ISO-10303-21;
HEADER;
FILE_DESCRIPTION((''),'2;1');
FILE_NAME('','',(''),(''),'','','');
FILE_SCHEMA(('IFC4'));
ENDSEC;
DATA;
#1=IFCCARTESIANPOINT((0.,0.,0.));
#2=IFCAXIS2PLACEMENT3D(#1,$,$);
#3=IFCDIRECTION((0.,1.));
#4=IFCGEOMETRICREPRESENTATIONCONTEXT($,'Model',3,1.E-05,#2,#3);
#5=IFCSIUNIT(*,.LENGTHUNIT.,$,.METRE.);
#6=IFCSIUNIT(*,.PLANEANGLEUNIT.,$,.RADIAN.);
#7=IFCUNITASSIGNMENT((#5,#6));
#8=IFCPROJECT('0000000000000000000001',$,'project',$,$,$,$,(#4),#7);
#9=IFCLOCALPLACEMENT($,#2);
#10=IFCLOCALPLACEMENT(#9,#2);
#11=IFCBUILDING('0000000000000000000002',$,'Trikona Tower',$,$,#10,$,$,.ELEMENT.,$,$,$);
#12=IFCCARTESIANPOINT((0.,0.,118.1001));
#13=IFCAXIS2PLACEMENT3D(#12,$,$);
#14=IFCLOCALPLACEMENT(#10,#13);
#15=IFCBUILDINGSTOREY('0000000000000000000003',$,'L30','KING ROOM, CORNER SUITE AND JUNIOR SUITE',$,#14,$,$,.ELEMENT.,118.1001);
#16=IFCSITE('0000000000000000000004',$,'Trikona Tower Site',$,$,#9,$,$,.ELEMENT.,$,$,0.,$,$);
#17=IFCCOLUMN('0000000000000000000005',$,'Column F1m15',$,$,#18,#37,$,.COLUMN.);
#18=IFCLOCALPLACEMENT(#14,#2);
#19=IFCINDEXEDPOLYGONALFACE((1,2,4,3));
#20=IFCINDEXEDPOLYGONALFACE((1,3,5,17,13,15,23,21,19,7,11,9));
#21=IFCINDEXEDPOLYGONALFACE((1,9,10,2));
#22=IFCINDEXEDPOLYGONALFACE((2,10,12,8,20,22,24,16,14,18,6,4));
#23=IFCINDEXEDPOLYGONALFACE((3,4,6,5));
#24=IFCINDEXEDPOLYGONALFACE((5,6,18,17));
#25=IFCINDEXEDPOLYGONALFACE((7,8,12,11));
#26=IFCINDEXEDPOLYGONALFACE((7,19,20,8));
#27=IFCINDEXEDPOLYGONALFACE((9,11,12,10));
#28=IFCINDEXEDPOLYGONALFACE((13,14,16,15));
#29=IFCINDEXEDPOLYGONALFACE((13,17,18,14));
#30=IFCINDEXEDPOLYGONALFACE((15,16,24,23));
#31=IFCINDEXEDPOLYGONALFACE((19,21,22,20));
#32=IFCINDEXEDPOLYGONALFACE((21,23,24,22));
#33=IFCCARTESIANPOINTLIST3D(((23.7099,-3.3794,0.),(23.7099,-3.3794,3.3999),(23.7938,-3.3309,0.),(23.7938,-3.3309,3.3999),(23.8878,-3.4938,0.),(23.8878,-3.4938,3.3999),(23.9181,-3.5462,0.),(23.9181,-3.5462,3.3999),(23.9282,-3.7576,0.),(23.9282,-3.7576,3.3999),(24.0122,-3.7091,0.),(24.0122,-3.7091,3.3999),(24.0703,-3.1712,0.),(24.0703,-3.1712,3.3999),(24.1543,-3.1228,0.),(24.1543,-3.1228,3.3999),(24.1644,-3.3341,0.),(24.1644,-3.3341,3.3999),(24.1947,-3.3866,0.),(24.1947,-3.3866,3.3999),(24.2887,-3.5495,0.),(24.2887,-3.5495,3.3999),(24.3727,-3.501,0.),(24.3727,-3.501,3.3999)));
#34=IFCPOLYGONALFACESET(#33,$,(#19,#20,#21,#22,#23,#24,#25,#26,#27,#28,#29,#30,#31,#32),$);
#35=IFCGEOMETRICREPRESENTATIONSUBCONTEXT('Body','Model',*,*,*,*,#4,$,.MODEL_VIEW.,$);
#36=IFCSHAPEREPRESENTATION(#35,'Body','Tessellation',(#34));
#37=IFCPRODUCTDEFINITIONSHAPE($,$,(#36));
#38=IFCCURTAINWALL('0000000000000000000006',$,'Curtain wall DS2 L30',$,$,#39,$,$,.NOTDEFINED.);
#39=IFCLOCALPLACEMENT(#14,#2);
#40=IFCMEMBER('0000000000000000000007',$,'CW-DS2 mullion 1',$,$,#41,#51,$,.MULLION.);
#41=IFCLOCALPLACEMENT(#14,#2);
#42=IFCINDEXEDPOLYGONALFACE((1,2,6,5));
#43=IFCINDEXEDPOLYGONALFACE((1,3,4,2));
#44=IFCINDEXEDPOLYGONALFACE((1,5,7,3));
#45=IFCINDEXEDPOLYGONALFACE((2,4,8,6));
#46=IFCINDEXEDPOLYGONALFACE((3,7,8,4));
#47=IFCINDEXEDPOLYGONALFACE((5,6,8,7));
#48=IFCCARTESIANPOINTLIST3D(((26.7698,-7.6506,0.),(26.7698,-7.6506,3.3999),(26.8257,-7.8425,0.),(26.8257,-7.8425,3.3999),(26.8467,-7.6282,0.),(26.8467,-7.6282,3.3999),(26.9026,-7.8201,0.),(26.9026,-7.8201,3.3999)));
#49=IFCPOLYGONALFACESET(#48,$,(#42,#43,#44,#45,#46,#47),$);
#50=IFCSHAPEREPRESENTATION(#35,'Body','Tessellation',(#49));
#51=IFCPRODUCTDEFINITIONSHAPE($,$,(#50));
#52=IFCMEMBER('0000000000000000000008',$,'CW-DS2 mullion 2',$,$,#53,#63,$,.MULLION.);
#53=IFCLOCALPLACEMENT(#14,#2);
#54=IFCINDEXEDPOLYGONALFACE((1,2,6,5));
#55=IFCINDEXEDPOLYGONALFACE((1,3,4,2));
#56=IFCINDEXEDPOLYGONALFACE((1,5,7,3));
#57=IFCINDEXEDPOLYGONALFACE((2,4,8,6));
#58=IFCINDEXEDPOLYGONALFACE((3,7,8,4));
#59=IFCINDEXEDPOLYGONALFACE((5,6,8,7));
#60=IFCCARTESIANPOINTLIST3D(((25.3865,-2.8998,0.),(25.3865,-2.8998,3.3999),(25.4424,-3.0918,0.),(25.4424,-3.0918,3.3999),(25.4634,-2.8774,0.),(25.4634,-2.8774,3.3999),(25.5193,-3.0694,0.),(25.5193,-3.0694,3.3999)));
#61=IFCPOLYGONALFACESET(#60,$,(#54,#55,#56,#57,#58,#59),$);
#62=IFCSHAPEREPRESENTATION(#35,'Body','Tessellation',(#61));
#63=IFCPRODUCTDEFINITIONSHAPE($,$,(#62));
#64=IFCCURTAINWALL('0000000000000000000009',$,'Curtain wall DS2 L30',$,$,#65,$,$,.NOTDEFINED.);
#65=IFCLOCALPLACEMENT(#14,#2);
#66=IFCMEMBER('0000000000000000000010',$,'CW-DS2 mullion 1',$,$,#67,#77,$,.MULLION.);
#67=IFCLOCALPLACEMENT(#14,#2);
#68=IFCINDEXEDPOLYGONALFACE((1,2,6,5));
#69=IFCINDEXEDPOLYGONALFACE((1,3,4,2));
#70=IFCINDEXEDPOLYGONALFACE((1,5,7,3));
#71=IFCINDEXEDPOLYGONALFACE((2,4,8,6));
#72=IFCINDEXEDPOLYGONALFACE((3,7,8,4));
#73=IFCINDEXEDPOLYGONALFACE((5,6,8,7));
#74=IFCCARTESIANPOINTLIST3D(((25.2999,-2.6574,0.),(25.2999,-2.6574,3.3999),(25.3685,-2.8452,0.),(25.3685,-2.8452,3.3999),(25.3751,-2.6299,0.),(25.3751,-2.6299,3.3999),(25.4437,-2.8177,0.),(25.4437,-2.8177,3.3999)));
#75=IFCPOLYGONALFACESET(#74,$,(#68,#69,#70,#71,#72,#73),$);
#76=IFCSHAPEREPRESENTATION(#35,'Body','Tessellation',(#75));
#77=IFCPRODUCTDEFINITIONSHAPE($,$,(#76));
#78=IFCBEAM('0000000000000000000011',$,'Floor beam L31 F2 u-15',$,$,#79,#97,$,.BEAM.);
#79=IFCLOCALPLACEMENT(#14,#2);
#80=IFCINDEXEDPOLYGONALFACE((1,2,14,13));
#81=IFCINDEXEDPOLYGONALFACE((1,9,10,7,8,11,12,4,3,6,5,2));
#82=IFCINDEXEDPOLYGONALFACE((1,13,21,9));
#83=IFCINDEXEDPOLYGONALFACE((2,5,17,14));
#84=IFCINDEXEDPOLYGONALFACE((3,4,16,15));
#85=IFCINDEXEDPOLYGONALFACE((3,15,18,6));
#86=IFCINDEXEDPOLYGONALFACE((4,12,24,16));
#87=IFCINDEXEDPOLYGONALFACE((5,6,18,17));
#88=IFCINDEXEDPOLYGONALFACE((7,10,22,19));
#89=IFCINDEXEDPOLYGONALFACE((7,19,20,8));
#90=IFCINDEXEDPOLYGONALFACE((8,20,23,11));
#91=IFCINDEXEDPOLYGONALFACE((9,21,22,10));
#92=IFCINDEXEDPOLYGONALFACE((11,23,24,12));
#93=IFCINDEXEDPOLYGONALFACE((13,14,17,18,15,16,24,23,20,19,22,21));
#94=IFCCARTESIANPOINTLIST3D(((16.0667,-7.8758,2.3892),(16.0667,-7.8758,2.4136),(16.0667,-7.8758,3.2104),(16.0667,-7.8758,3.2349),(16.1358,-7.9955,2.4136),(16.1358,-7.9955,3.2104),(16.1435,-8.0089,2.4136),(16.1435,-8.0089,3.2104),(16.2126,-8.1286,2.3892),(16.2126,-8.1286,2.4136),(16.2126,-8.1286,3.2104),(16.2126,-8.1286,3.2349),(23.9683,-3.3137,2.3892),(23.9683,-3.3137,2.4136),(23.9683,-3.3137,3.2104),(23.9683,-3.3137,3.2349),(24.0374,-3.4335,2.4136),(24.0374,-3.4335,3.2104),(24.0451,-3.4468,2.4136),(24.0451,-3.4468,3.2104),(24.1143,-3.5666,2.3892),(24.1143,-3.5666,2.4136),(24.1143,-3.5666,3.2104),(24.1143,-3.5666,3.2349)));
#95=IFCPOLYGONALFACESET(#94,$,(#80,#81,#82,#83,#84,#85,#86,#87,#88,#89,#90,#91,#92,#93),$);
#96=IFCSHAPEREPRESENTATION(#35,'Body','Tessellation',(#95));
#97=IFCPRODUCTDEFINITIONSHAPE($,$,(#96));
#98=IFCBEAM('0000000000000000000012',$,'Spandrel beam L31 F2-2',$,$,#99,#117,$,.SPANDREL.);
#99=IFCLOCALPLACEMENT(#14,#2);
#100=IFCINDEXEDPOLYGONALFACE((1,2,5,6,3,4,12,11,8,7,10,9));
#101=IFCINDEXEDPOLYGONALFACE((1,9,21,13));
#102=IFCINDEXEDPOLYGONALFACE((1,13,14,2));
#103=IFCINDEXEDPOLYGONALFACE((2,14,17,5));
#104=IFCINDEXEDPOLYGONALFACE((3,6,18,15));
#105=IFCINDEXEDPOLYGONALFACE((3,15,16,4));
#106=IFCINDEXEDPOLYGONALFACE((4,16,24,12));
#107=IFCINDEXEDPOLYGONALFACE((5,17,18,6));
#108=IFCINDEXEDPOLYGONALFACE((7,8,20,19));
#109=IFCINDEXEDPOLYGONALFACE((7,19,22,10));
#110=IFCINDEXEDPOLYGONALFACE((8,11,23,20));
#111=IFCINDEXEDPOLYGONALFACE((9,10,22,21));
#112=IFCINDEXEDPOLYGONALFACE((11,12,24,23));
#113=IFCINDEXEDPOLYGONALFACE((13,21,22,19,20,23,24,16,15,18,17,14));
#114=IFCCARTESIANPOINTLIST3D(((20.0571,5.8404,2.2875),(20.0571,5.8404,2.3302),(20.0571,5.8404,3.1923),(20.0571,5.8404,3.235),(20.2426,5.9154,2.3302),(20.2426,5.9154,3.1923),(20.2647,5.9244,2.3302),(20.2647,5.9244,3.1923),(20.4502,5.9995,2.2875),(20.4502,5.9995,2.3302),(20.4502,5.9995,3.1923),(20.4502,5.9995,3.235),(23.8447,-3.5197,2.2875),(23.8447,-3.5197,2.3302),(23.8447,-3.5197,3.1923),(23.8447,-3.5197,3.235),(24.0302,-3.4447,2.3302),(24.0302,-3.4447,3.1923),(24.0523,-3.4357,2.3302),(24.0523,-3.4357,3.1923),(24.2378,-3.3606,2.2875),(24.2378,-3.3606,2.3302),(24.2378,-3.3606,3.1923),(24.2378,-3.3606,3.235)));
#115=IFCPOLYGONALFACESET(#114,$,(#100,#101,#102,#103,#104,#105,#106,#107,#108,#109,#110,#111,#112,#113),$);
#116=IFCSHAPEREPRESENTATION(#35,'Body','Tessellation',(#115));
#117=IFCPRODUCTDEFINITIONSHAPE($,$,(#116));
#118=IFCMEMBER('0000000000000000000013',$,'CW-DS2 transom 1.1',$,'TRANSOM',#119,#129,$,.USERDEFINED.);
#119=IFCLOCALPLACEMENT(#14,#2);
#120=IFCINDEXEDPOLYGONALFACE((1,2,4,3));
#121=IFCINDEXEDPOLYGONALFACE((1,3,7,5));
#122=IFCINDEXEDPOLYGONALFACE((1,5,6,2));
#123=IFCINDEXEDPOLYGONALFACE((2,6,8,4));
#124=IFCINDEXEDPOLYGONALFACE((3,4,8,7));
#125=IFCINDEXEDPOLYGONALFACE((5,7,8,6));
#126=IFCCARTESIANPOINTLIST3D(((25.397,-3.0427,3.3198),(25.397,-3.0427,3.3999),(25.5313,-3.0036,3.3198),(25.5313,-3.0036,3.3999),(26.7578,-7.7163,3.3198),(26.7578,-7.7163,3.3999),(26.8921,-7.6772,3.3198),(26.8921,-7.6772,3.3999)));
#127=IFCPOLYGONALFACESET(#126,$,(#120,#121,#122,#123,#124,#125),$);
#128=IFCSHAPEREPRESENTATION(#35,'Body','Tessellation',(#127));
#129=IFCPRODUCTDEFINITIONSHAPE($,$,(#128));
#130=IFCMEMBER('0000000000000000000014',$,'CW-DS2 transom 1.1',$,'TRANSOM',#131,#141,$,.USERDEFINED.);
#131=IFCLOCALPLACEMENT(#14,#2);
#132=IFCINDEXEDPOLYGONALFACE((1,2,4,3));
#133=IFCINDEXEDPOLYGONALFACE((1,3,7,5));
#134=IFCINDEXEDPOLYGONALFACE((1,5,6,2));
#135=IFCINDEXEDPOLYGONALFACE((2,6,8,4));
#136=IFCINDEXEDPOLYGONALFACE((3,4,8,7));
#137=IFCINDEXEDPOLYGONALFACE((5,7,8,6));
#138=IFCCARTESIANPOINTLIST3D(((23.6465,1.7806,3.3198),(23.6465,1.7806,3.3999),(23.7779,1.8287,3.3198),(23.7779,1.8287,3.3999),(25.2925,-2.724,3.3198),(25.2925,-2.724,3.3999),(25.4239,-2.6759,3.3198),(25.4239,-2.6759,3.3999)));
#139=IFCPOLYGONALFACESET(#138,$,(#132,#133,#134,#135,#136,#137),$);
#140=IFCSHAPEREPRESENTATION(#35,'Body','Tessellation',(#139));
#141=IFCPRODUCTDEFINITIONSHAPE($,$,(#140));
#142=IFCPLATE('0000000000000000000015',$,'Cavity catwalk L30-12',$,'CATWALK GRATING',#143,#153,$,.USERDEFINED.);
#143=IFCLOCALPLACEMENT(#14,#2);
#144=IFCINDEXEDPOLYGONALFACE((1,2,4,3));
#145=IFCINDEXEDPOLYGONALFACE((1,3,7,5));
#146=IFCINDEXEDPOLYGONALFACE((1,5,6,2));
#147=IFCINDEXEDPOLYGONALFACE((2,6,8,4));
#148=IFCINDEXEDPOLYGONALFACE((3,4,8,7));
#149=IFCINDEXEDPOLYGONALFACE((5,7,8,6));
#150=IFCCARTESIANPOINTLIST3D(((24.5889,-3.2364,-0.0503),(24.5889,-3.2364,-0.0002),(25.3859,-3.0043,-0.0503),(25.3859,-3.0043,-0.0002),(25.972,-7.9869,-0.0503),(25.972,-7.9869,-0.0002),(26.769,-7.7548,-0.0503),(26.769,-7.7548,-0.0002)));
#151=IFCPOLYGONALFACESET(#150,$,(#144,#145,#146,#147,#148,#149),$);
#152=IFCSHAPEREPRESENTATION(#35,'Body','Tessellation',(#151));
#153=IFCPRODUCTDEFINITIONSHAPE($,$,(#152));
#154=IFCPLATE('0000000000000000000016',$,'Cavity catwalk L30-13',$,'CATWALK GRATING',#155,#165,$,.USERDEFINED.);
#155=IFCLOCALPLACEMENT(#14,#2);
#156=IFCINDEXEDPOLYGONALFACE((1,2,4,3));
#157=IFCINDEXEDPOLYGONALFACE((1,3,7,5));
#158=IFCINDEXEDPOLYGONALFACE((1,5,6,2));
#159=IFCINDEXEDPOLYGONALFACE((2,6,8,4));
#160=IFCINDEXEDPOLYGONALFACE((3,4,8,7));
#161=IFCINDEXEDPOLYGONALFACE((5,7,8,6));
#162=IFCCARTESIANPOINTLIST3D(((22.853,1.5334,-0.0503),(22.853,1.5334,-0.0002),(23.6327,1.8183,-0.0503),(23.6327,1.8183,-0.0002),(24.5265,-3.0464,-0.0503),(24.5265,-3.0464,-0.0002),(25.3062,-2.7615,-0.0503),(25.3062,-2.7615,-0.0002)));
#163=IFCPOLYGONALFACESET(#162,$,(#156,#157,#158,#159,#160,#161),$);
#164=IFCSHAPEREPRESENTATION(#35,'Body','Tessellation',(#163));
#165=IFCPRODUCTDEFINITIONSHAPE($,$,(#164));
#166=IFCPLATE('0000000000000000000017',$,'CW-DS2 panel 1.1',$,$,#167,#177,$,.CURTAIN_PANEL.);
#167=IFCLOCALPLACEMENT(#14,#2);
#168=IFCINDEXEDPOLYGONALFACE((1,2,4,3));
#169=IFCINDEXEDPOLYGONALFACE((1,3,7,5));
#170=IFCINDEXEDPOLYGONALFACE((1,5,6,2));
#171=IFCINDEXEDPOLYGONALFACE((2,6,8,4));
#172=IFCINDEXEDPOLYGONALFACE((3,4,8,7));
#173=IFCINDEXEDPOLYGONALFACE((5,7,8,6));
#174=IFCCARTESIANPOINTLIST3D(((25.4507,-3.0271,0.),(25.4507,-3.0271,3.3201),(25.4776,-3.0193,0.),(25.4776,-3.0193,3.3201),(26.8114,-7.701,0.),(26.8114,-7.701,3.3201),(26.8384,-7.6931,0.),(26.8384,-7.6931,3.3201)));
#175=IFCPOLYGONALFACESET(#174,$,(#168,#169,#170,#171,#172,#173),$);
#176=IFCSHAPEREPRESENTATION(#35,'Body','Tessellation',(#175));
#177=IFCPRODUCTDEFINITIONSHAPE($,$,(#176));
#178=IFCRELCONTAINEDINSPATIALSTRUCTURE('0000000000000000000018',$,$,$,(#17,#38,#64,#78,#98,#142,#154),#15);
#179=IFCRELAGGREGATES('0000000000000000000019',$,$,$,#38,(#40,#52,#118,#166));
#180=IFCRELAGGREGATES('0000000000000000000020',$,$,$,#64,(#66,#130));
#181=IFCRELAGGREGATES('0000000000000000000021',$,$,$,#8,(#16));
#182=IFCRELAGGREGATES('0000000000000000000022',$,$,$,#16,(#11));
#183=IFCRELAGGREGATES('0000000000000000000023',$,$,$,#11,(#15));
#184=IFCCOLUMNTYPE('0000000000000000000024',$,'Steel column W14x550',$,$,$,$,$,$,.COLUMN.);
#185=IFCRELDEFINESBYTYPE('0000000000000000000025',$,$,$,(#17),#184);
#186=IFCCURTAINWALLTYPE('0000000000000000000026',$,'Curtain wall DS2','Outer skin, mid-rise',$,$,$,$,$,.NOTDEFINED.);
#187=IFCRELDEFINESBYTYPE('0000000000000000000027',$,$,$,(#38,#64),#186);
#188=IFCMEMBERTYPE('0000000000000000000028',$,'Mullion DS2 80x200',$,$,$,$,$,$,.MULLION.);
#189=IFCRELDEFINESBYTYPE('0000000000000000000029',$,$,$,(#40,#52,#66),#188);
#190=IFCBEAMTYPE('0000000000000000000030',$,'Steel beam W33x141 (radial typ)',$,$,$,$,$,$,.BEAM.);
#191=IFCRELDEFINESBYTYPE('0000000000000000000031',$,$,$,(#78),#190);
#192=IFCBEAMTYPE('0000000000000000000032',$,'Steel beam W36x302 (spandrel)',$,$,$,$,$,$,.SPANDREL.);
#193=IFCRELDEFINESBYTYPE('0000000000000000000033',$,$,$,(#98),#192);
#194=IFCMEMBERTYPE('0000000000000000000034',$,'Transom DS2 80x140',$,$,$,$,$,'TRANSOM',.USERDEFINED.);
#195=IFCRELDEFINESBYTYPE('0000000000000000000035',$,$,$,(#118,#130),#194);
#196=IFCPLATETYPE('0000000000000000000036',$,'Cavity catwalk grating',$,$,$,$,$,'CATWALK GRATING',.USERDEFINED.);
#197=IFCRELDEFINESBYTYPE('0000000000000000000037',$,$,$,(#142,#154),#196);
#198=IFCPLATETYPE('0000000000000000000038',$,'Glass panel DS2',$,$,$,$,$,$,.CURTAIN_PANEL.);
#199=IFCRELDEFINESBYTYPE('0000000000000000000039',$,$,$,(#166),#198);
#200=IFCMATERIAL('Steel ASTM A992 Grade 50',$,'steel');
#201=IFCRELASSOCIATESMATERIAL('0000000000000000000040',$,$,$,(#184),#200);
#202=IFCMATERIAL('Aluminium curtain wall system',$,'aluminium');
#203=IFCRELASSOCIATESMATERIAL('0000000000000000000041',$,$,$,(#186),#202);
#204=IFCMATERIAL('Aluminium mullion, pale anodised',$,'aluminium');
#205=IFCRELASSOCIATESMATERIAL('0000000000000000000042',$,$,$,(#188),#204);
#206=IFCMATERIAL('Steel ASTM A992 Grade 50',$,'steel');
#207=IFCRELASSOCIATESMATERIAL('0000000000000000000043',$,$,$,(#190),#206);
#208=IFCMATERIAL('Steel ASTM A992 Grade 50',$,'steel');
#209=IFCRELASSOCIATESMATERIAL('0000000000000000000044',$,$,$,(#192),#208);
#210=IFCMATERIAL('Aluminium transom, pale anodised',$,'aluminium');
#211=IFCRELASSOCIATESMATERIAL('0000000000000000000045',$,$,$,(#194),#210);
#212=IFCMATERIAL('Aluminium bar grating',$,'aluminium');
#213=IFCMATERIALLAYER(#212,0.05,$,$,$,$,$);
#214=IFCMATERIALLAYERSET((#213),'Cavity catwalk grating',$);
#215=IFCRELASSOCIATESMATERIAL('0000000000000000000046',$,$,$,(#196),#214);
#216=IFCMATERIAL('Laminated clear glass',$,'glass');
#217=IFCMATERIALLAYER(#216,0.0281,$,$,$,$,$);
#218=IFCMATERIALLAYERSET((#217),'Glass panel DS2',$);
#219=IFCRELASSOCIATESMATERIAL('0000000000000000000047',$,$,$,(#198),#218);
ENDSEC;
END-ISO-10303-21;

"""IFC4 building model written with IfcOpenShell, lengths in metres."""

from ifc_helpers import new_model, si_unit, direction, frame, origin, origin_2d, place, context, subcontext, project, spatial, rectangle, i_section, extrude, material, layer, layer_set, material_profile, profile_set, type_object, element, aggregate, save


model = new_model("IFC4")

# Units and contexts
model_context = context("Model", 3, precision=1e-05, world=origin(), true_north=direction((0.0, 1.0)))
body_context = subcontext(model_context, "Body", "Model", "MODEL_VIEW")
ifc_project = project(units=[si_unit("LENGTHUNIT", "METRE"), si_unit("PLANEANGLEUNIT", "RADIAN")], contexts=[model_context])

# Site, building, storey
site_placement = place(None, origin())
site = spatial("IfcSite", under=ifc_project, at=site_placement, Name="Trikona Tower Site", CompositionType="ELEMENT", RefElevation=0.0)
building_placement = place(site_placement, origin())
building = spatial("IfcBuilding", under=site, at=building_placement, Name="Trikona Tower", CompositionType="ELEMENT")
storey_placement = place(building_placement, frame((0.0, 0.0, 118.1001)))
storey = spatial("IfcBuildingStorey", under=building, at=storey_placement, Name="L30", Description="KING ROOM, CORNER SUITE AND JUNIOR SUITE", CompositionType="ELEMENT", Elevation=118.1001)

# Column
ifc_material_1 = material(Name="Steel ASTM A992 Grade 50", Category="steel")
ifc_material_profile_1 = material_profile(ifc_material_1, i_section(OverallWidth=0.4368, OverallDepth=0.5132, WebThickness=0.0605, FlangeThickness=0.0969, at=origin_2d()), Name="W14X550")
ifc_profile_set_1 = profile_set([ifc_material_profile_1], Name="Steel ASTM A992 Grade 50")
column_type = type_object("IfcColumnType", Name="Steel column W14x550", PredefinedType="COLUMN", material=ifc_profile_set_1)
column_placement = place(storey_placement, frame((24.0413, -3.4402, 0.0), z_axis=(0.0, 0.0, 1.0), x_axis=(-0.5, 0.866025, 0.0)))
element("IfcColumn", 1, at=column_placement, inside=storey, type_object=column_type, Name="Column F1m15", PredefinedType="COLUMN", context=body_context, shape_type="SweptSolid", body=[
    extrude(i_section(OverallWidth=0.4368, OverallDepth=0.5132, WebThickness=0.0605, FlangeThickness=0.0969, at=origin_2d()), origin(), (0.0, 0.0, 1.0), 3.3999),
])

# Curtain wall, members
ifc_material_2 = material(Name="Aluminium curtain wall system", Category="aluminium")
curtain_wall_type = type_object("IfcCurtainWallType", Name="Curtain wall DS2", Description="Outer skin, mid-rise", PredefinedType="NOTDEFINED", material=ifc_material_2)
curtain_wall_1_placement = place(storey_placement, origin())
curtain_wall_1 = element("IfcCurtainWall", 2, at=curtain_wall_1_placement, inside=storey, type_object=curtain_wall_type, Name="Curtain wall DS2 L30", PredefinedType="NOTDEFINED")
ifc_material_3 = material(Name="Aluminium mullion, pale anodised", Category="aluminium")
ifc_material_profile_2 = material_profile(ifc_material_3, rectangle(XDim=0.0801, YDim=0.2, at=origin_2d()), Name="MUL-DS2")
ifc_profile_set_2 = profile_set([ifc_material_profile_2], Name="Aluminium mullion, pale anodised")
member_type_1 = type_object("IfcMemberType", Name="Mullion DS2 80x200", PredefinedType="MULLION", material=ifc_profile_set_2)
member_1_placement = place(storey_placement, frame((26.8362, -7.7354, 0.0), z_axis=(0.0, 0.0, 1.0), x_axis=(-0.960133, -0.279543, 0.0)))
member_1 = element("IfcMember", 3, at=member_1_placement, type_object=member_type_1, Name="CW-DS2 mullion 1", PredefinedType="MULLION", context=body_context, shape_type="SweptSolid", body=[
    extrude(rectangle(XDim=0.0801, YDim=0.2, at=origin_2d()), origin(), (0.0, 0.0, 1.0), 3.3999),
])
member_2_placement = place(storey_placement, frame((25.4529, -2.9846, 0.0), z_axis=(0.0, 0.0, 1.0), x_axis=(-0.960133, -0.279543, 0.0)))
member_2 = element("IfcMember", 4, at=member_2_placement, type_object=member_type_1, Name="CW-DS2 mullion 2", PredefinedType="MULLION", context=body_context, shape_type="SweptSolid", body=[
    extrude(rectangle(XDim=0.0801, YDim=0.2, at=origin_2d()), origin(), (0.0, 0.0, 1.0), 3.3999),
])

# Curtain wall, member
curtain_wall_2_placement = place(storey_placement, origin())
curtain_wall_2 = element("IfcCurtainWall", 5, at=curtain_wall_2_placement, inside=storey, type_object=curtain_wall_type, Name="Curtain wall DS2 L30", PredefinedType="NOTDEFINED")
member_3_placement = place(storey_placement, frame((25.3718, -2.7375, 0.0), z_axis=(0.0, 0.0, 1.0), x_axis=(-0.939254, -0.343223, 0.0)))
member_3 = element("IfcMember", 6, at=member_3_placement, type_object=member_type_1, Name="CW-DS2 mullion 1", PredefinedType="MULLION", context=body_context, shape_type="SweptSolid", body=[
    extrude(rectangle(XDim=0.0801, YDim=0.2, at=origin_2d()), origin(), (0.0, 0.0, 1.0), 3.3999),
])

# Beams
ifc_material_4 = material(Name="Steel ASTM A992 Grade 50", Category="steel")
ifc_material_profile_3 = material_profile(ifc_material_4, i_section(OverallWidth=0.292, OverallDepth=0.8457, WebThickness=0.0154, FlangeThickness=0.0244, at=origin_2d()), Name="W33X141")
ifc_profile_set_3 = profile_set([ifc_material_profile_3], Name="Steel ASTM A992 Grade 50")
beam_type_1 = type_object("IfcBeamType", Name="Steel beam W33x141 (radial typ)", PredefinedType="BEAM", material=ifc_profile_set_3)
beam_1_placement = place(storey_placement, frame((16.1396, -8.0022, 2.812), z_axis=(0.866025, 0.500001, 0.0), x_axis=(-0.500001, 0.866025, 0.0)))
element("IfcBeam", 7, at=beam_1_placement, inside=storey, type_object=beam_type_1, Name="Floor beam L31 F2 u-15", PredefinedType="BEAM", context=body_context, shape_type="SweptSolid", body=[
    extrude(i_section(OverallWidth=0.292, OverallDepth=0.8457, WebThickness=0.0154, FlangeThickness=0.0244, at=origin_2d()), origin(), (0.0, 0.0, 1.0), 9.124),
])
ifc_material_5 = material(Name="Steel ASTM A992 Grade 50", Category="steel")
ifc_material_profile_4 = material_profile(ifc_material_5, i_section(OverallWidth=0.4241, OverallDepth=0.9475, WebThickness=0.0239, FlangeThickness=0.0427, at=origin_2d()), Name="W36X302")
ifc_profile_set_4 = profile_set([ifc_material_profile_4], Name="Steel ASTM A992 Grade 50")
beam_type_2 = type_object("IfcBeamType", Name="Steel beam W36x302 (spandrel)", PredefinedType="SPANDREL", material=ifc_profile_set_4)
beam_2_placement = place(storey_placement, frame((24.0413, -3.4402, 2.7612), z_axis=(-0.375106, 0.926982, 0.0), x_axis=(-0.926982, -0.375106, 0.0)))
element("IfcBeam", 8, at=beam_2_placement, inside=storey, type_object=beam_type_2, Name="Spandrel beam L31 F2-2", PredefinedType="SPANDREL", context=body_context, shape_type="SweptSolid", body=[
    extrude(i_section(OverallWidth=0.4241, OverallDepth=0.9475, WebThickness=0.0239, FlangeThickness=0.0427, at=origin_2d()), origin(), (0.0, 0.0, 1.0), 10.0974),
])

# Members
ifc_material_6 = material(Name="Aluminium transom, pale anodised", Category="aluminium")
ifc_material_profile_5 = material_profile(ifc_material_6, rectangle(XDim=0.1399, YDim=0.0801, at=origin_2d()), Name="TRN-DS2")
ifc_profile_set_5 = profile_set([ifc_material_profile_5], Name="Aluminium transom, pale anodised")
member_type_2 = type_object("IfcMemberType", Name="Transom DS2 80x140", ElementType="TRANSOM", PredefinedType="USERDEFINED", material=ifc_profile_set_5)
member_4_placement = place(storey_placement, frame((26.825, -7.6968, 3.3599), z_axis=(-0.279567, 0.960126, 0.0), x_axis=(-0.960126, -0.279567, 0.0)))
member_4 = element("IfcMember", 9, at=member_4_placement, type_object=member_type_2, Name="CW-DS2 transom 1.1", ObjectType="TRANSOM", PredefinedType="USERDEFINED", context=body_context, shape_type="SweptSolid", body=[
    extrude(rectangle(XDim=0.1399, YDim=0.0801, at=origin_2d()), origin(), (0.0, 0.0, 1.0), 4.8677),
])
member_5_placement = place(storey_placement, frame((25.3582, -2.7, 3.3599), z_axis=(-0.343206, 0.93926, 0.0), x_axis=(-0.93926, -0.343206, 0.0)))
member_5 = element("IfcMember", 10, at=member_5_placement, type_object=member_type_2, Name="CW-DS2 transom 1.1", ObjectType="TRANSOM", PredefinedType="USERDEFINED", context=body_context, shape_type="SweptSolid", body=[
    extrude(rectangle(XDim=0.1399, YDim=0.0801, at=origin_2d()), origin(), (0.0, 0.0, 1.0), 4.7959),
])

# Plates
ifc_material_7 = material(Name="Aluminium bar grating", Category="aluminium")
ifc_layer_1 = layer(ifc_material_7, 0.05)
ifc_layer_set_1 = layer_set([ifc_layer_1], Name="Cavity catwalk grating")
plate_type_1 = type_object("IfcPlateType", Name="Cavity catwalk grating", ElementType="CATWALK GRATING", PredefinedType="USERDEFINED", material=ifc_layer_set_1)
plate_1_placement = place(storey_placement, frame((25.679, -5.4956, -0.0503), z_axis=(0.0, 0.0, 1.0), x_axis=(-0.279554, 0.96013, 0.0)))
element("IfcPlate", 11, at=plate_1_placement, inside=storey, type_object=plate_type_1, Name="Cavity catwalk L30-12", ObjectType="CATWALK GRATING", PredefinedType="USERDEFINED", context=body_context, shape_type="SweptSolid", body=[
    extrude(rectangle(XDim=4.9478, YDim=0.8301, at=origin_2d()), origin(), (0.0, 0.0, 1.0), 0.05),
])
plate_2_placement = place(storey_placement, frame((24.0796, -0.614, -0.0503), z_axis=(0.0, 0.0, 1.0), x_axis=(-0.34322, 0.939255, 0.0)))
element("IfcPlate", 12, at=plate_2_placement, inside=storey, type_object=plate_type_1, Name="Cavity catwalk L30-13", ObjectType="CATWALK GRATING", PredefinedType="USERDEFINED", context=body_context, shape_type="SweptSolid", body=[
    extrude(rectangle(XDim=4.876, YDim=0.8301, at=origin_2d()), origin(), (0.0, 0.0, 1.0), 0.05),
])

# Plate
ifc_material_8 = material(Name="Laminated clear glass", Category="glass")
ifc_layer_2 = layer(ifc_material_8, 0.0281)
ifc_layer_set_2 = layer_set([ifc_layer_2], Name="Glass panel DS2")
plate_type_2 = type_object("IfcPlateType", Name="Glass panel DS2", PredefinedType="CURTAIN_PANEL", material=ifc_layer_set_2)
plate_3_placement = place(storey_placement, frame((26.1445, -5.3601, 0.0), z_axis=(0.0, 0.0, 1.0), x_axis=(-0.279543, 0.960133, 0.0)))
plate_3 = element("IfcPlate", 13, at=plate_3_placement, type_object=plate_type_2, Name="CW-DS2 panel 1.1", PredefinedType="CURTAIN_PANEL", context=body_context, shape_type="SweptSolid", body=[
    extrude(rectangle(XDim=4.8679, YDim=0.0281, at=origin_2d()), origin(), (0.0, 0.0, 1.0), 3.3201),
])
aggregate(curtain_wall_1, [member_1, member_2, member_4, plate_3])
aggregate(curtain_wall_2, [member_3, member_5])

save(model, "model.ifc")
